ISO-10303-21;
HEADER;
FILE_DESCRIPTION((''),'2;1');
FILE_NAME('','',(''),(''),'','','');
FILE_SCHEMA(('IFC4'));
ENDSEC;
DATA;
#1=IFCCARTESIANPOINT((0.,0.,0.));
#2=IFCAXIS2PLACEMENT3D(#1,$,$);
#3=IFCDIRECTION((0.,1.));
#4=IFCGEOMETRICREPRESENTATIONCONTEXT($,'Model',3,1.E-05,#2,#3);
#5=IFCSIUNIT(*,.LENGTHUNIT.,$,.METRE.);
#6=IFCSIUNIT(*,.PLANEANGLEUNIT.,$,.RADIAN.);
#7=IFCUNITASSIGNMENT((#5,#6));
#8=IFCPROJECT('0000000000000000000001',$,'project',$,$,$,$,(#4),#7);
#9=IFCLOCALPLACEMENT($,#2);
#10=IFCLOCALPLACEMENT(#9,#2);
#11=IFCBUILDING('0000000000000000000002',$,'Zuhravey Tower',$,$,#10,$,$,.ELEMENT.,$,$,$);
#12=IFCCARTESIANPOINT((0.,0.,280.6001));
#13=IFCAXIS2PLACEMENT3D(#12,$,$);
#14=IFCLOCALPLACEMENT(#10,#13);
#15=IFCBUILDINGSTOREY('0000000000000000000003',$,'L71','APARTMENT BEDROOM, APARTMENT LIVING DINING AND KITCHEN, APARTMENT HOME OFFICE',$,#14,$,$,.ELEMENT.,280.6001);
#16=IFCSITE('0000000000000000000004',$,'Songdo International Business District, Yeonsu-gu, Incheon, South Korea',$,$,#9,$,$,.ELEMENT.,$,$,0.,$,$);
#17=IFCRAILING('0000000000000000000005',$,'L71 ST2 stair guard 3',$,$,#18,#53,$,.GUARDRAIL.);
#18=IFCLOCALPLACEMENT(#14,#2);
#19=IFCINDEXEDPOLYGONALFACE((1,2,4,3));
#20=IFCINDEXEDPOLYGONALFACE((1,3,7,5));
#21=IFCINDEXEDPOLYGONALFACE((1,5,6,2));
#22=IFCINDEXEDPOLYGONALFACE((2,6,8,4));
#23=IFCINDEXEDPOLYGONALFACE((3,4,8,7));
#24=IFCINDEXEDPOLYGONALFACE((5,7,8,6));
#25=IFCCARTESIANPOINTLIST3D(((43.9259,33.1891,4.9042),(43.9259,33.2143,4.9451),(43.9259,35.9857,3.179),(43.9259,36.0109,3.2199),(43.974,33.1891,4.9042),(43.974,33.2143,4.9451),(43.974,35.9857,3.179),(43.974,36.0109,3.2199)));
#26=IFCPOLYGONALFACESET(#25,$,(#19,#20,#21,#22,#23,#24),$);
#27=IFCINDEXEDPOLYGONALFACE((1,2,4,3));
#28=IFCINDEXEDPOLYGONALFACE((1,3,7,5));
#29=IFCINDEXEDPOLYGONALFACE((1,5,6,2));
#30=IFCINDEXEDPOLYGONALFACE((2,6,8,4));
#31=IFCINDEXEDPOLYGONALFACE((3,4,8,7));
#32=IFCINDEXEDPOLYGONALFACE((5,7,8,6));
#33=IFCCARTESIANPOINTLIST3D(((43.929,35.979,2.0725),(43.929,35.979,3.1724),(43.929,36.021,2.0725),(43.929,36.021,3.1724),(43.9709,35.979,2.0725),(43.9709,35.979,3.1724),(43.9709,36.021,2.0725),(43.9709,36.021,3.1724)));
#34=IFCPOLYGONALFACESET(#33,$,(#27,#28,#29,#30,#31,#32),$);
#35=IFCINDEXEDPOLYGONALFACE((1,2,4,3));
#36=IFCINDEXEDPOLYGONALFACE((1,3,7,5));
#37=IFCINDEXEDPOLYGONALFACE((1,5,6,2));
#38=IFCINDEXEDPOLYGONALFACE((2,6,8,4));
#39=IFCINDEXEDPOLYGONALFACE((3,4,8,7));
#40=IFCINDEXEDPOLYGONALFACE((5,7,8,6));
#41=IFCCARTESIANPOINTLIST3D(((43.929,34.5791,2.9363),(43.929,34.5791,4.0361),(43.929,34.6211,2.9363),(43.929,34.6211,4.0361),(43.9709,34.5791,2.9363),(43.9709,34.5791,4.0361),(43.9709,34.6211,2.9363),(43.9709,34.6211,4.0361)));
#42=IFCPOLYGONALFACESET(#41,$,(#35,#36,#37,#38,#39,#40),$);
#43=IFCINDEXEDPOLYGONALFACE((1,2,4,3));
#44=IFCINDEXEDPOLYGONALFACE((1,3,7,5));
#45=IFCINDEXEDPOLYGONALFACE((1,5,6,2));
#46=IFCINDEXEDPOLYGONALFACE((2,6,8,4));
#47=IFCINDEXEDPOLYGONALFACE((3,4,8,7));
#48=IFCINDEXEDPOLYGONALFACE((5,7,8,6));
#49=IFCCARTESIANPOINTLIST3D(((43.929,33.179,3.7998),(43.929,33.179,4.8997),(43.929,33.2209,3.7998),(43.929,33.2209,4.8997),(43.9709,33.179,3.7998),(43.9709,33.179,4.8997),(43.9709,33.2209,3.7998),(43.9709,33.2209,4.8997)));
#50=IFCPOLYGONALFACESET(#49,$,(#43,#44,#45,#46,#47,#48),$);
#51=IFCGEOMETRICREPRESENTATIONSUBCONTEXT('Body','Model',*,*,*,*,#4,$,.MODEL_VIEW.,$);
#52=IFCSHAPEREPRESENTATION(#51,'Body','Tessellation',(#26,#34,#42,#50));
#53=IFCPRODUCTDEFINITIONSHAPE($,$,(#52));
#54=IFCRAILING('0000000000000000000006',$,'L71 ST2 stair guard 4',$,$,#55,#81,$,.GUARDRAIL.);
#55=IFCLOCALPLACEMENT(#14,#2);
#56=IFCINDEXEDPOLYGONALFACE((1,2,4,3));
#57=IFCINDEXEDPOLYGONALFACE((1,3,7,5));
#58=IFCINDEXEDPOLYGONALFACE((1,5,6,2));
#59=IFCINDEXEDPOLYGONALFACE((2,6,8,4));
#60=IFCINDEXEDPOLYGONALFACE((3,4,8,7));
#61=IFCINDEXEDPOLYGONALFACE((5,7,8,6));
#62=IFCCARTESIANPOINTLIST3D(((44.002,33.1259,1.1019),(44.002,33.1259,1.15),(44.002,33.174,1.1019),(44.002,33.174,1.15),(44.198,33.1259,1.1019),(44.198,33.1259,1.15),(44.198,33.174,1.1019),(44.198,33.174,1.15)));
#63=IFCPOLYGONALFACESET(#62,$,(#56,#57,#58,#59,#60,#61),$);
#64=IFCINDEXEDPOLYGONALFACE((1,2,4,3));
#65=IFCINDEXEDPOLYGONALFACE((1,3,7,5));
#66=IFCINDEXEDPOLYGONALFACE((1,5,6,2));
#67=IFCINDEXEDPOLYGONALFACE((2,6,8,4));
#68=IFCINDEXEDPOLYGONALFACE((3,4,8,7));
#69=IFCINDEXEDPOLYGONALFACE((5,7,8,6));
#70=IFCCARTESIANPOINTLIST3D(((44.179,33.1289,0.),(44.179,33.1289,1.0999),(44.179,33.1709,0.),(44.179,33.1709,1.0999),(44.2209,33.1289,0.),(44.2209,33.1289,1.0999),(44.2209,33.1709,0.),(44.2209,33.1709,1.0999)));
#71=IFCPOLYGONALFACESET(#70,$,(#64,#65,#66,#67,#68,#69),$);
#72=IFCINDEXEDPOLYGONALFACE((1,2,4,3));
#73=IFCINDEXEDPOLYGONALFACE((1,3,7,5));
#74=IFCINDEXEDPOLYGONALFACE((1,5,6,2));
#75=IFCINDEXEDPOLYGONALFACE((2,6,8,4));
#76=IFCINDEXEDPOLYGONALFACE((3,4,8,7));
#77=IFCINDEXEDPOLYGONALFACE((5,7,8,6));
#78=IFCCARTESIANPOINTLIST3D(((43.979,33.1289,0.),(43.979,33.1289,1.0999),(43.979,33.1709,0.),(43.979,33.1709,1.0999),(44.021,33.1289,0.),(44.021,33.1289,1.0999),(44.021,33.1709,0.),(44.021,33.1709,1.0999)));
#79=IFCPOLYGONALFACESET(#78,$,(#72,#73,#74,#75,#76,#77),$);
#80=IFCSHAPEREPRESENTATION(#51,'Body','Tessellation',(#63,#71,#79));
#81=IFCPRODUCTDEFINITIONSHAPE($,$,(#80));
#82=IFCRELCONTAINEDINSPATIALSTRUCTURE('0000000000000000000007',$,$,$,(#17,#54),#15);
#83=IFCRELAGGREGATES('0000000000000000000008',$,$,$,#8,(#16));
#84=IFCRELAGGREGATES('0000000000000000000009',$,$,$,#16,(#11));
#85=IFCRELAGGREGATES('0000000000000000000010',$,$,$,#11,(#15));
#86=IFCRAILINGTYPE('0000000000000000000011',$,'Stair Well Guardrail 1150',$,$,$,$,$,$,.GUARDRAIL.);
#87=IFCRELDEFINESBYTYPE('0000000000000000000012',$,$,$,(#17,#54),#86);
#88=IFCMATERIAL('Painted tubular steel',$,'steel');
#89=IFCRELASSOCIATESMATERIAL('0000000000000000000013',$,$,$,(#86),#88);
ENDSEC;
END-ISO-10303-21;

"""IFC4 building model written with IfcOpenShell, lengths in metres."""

from ifc_helpers import new_model, si_unit, direction, frame, origin, origin_2d, place, context, subcontext, project, spatial, rectangle, extrude, material, type_object, element, save


model = new_model("IFC4")

# Units and contexts
model_context = context("Model", 3, precision=1e-05, world=origin(), true_north=direction((0.0, 1.0)))
body_context = subcontext(model_context, "Body", "Model", "MODEL_VIEW")
ifc_project = project(units=[si_unit("LENGTHUNIT", "METRE"), si_unit("PLANEANGLEUNIT", "RADIAN")], contexts=[model_context])

# Site, building, storey
site_placement = place(None, origin())
site = spatial("IfcSite", under=ifc_project, at=site_placement, Name="Songdo International Business District, Yeonsu-gu, Incheon, South Korea", CompositionType="ELEMENT", RefElevation=0.0)
building_placement = place(site_placement, origin())
building = spatial("IfcBuilding", under=site, at=building_placement, Name="Zuhravey Tower", CompositionType="ELEMENT")
storey_placement = place(building_placement, frame((0.0, 0.0, 280.6001)))
storey = spatial("IfcBuildingStorey", under=building, at=storey_placement, Name="L71", Description="APARTMENT BEDROOM, APARTMENT LIVING DINING AND KITCHEN, APARTMENT HOME OFFICE", CompositionType="ELEMENT", Elevation=280.6001)

# Railings
ifc_material_1 = material(Name="Painted tubular steel", Category="steel")
railing_type_1 = type_object("IfcRailingType", Name="Stair Well Guardrail 1150", PredefinedType="GUARDRAIL", material=ifc_material_1)
railing_1_placement = place(storey_placement, frame((43.95, 36.0, 2.0725)))
element("IfcRailing", 1, at=railing_1_placement, inside=storey, type_object=railing_type_1, Name="L71 ST2 stair guard 3", PredefinedType="GUARDRAIL", context=body_context, shape_type="SweptSolid", body=[
    extrude(rectangle(XDim=0.0481, YDim=0.0481, at=origin_2d()), frame((0.0, -0.0017, 1.127), z_axis=(0.0, -0.85109, 0.52502), x_axis=(1.0, 0.0, 0.0)), (0.0, 0.0, 1.0), 3.2859),
    extrude(rectangle(XDim=0.042, YDim=0.042, at=origin_2d()), origin(), (0.0, 0.0, 1.0), 1.0999),
    extrude(rectangle(XDim=0.042, YDim=0.042, at=origin_2d()), frame((0.0, -1.3999, 0.8638)), (0.0, 0.0, 1.0), 1.0999),
    extrude(rectangle(XDim=0.042, YDim=0.042, at=origin_2d()), frame((0.0, -2.8, 1.7273)), (0.0, 0.0, 1.0), 1.0999),
])
railing_2_placement = place(storey_placement, frame((44.2, 33.1499, 0.0)))
element("IfcRailing", 2, at=railing_2_placement, inside=storey, type_object=railing_type_1, Name="L71 ST2 stair guard 4", PredefinedType="GUARDRAIL", context=body_context, shape_type="SweptSolid", body=[
    extrude(rectangle(XDim=0.0481, YDim=0.0481, at=origin_2d()), frame((-0.002, 0.0, 1.126), z_axis=(-1.0, 0.0, 0.0), x_axis=(0.0, -1.0, 0.0)), (0.0, 0.0, 1.0), 0.196),
    extrude(rectangle(XDim=0.042, YDim=0.042, at=origin_2d()), origin(), (0.0, 0.0, 1.0), 1.0999),
    extrude(rectangle(XDim=0.042, YDim=0.042, at=origin_2d()), frame((-0.2, 0.0, 0.0)), (0.0, 0.0, 1.0), 1.0999),
])

save(model, "model.ifc")
